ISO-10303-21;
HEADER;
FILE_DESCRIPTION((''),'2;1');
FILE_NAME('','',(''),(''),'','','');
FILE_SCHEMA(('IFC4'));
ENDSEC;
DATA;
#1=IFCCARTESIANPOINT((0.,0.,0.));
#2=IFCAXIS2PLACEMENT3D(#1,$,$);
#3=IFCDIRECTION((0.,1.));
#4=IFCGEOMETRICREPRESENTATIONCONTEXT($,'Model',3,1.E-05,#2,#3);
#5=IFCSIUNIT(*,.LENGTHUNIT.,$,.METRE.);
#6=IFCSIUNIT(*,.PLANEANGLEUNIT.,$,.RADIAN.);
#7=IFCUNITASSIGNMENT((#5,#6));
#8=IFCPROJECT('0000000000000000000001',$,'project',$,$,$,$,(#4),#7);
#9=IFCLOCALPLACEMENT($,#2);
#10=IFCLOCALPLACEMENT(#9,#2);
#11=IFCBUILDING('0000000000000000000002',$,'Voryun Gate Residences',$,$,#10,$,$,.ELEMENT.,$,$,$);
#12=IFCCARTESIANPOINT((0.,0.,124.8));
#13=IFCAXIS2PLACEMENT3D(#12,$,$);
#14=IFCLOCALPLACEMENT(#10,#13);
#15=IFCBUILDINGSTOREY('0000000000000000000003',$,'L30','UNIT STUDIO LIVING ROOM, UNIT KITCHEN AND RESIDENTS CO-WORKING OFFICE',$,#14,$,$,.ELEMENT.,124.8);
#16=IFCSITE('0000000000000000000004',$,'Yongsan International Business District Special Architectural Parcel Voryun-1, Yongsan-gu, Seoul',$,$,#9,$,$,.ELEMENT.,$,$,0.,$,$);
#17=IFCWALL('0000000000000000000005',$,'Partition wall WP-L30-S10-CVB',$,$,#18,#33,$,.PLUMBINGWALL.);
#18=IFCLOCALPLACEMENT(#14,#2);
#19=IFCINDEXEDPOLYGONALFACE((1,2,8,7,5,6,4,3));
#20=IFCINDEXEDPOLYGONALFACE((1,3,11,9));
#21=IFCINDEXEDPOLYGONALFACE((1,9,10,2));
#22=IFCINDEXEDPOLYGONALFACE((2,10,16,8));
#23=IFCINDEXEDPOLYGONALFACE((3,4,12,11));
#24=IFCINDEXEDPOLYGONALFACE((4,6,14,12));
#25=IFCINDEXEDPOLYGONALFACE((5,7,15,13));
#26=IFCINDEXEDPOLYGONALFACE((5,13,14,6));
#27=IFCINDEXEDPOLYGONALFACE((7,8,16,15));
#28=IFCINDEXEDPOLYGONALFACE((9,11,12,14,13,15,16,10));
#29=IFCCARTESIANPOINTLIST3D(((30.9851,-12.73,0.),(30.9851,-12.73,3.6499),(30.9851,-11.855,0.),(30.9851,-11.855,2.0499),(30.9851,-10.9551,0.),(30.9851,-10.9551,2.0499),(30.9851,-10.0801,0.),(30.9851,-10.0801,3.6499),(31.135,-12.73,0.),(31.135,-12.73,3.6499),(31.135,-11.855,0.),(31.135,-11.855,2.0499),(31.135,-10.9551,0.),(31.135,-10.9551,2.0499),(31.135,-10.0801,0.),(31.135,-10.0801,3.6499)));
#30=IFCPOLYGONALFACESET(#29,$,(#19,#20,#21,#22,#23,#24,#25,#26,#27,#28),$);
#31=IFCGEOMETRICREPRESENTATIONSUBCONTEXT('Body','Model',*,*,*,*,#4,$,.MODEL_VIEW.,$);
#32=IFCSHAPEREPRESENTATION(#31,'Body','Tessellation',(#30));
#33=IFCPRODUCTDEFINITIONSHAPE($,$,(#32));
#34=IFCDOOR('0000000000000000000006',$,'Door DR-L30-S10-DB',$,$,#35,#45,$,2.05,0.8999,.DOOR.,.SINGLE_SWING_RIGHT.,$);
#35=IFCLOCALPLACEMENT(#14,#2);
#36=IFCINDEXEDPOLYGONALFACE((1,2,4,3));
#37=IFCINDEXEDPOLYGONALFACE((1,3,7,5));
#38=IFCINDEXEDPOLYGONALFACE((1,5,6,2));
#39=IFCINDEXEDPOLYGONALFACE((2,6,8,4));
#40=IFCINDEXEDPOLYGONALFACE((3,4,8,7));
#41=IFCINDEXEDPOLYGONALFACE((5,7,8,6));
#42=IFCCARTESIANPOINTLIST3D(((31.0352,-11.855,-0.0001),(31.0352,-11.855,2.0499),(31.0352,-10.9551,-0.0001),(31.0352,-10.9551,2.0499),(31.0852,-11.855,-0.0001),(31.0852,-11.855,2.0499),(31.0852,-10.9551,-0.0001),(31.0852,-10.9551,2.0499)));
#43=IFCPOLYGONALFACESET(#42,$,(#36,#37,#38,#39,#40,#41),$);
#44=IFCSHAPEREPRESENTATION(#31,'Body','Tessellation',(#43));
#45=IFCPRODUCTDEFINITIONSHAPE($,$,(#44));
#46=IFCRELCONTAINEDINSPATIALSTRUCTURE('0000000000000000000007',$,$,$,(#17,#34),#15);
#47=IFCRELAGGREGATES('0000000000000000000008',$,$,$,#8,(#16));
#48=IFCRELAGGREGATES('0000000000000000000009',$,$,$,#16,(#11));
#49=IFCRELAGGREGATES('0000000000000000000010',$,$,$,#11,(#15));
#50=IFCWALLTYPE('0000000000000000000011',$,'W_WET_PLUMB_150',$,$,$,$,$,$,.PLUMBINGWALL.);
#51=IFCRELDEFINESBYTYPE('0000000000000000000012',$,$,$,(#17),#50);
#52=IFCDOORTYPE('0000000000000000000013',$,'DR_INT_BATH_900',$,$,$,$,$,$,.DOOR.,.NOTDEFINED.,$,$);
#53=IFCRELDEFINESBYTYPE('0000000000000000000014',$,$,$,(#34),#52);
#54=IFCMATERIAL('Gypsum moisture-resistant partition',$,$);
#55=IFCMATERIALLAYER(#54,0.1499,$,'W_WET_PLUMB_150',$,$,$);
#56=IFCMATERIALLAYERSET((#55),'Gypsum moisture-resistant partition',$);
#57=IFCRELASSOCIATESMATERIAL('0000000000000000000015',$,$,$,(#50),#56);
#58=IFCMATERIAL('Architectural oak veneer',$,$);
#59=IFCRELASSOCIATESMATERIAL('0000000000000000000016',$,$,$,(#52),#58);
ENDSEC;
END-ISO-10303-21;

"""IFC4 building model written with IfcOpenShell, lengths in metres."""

from ifc_helpers import new_model, si_unit, direction, frame, frame_2d, origin, place, context, subcontext, project, spatial, rectangle, extrude, material, layer, layer_set, type_object, element, fill, save


model = new_model("IFC4")

# Units and contexts
model_context = context("Model", 3, precision=1e-05, world=origin(), true_north=direction((0.0, 1.0)))
body_context = subcontext(model_context, "Body", "Model", "MODEL_VIEW")
ifc_project = project(units=[si_unit("LENGTHUNIT", "METRE"), si_unit("PLANEANGLEUNIT", "RADIAN")], contexts=[model_context])

# Site, building, storey
site_placement = place(None, origin())
site = spatial("IfcSite", under=ifc_project, at=site_placement, Name="Yongsan International Business District Special Architectural Parcel Voryun-1, Yongsan-gu, Seoul", CompositionType="ELEMENT", RefElevation=0.0)
building_placement = place(site_placement, origin())
building = spatial("IfcBuilding", under=site, at=building_placement, Name="Voryun Gate Residences", CompositionType="ELEMENT")
storey_placement = place(building_placement, frame((0.0, 0.0, 124.8)))
storey = spatial("IfcBuildingStorey", under=building, at=storey_placement, Name="L30", Description="UNIT STUDIO LIVING ROOM, UNIT KITCHEN AND RESIDENTS CO-WORKING OFFICE", CompositionType="ELEMENT", Elevation=124.8)

# Wall, opening, door
ifc_material_1 = material(Name="Gypsum moisture-resistant partition")
ifc_layer_1 = layer(ifc_material_1, 0.1499, Name="W_WET_PLUMB_150")
ifc_layer_set_1 = layer_set([ifc_layer_1], Name="Gypsum moisture-resistant partition")
wall_type_1 = type_object("IfcWallType", Name="W_WET_PLUMB_150", PredefinedType="PLUMBINGWALL", material=ifc_layer_set_1)
wall_1_placement = place(storey_placement, frame((31.0601, -12.73, 0.0), z_axis=(0.0, 0.0, 1.0), x_axis=(0.0, 1.0, 0.0)))
wall_1 = element("IfcWall", 1, at=wall_1_placement, inside=storey, type_object=wall_type_1, Name="Partition wall WP-L30-S10-CVB", PredefinedType="PLUMBINGWALL", context=body_context, shape_type="SweptSolid", body=[
    extrude(rectangle(XDim=2.6499, YDim=0.1499, at=frame_2d((1.325, 0.0))), origin(), (0.0, 0.0, 1.0), 3.6499),
])
opening_placement = place(wall_1_placement, frame((0.875, 0.0, 0.0)))
opening = element("IfcOpeningElement", 2, at=opening_placement, cuts=wall_1, PredefinedType="OPENING", context=body_context, shape_type="SweptSolid", body=[
    extrude(rectangle(XDim=0.8999, YDim=2.05, at=frame_2d((0.45, 1.0249))), frame((0.0, 0.085, 0.0), z_axis=(0.0, -1.0, 0.0), x_axis=(1.0, 0.0, 0.0)), (0.0, 0.0, 1.0), 0.1699),
])
ifc_material_2 = material(Name="Architectural oak veneer")
door_type = type_object("IfcDoorType", Name="DR_INT_BATH_900", OperationType="NOTDEFINED", PredefinedType="DOOR", material=ifc_material_2)
door_placement = place(opening_placement, origin())
door = element("IfcDoor", 3, at=door_placement, inside=storey, type_object=door_type, Name="Door DR-L30-S10-DB", OperationType="SINGLE_SWING_RIGHT", OverallHeight=2.05, OverallWidth=0.8999, PredefinedType="DOOR", context=body_context, shape_type="SweptSolid", body=[
    extrude(rectangle(XDim=0.8999, YDim=2.05, at=frame_2d((0.45, 1.0249))), frame((0.0, 0.0249, 0.0), z_axis=(0.0, -1.0, 0.0), x_axis=(1.0, 0.0, 0.0)), (0.0, 0.0, 1.0), 0.05),
])
fill(opening, door)

save(model, "model.ifc")
